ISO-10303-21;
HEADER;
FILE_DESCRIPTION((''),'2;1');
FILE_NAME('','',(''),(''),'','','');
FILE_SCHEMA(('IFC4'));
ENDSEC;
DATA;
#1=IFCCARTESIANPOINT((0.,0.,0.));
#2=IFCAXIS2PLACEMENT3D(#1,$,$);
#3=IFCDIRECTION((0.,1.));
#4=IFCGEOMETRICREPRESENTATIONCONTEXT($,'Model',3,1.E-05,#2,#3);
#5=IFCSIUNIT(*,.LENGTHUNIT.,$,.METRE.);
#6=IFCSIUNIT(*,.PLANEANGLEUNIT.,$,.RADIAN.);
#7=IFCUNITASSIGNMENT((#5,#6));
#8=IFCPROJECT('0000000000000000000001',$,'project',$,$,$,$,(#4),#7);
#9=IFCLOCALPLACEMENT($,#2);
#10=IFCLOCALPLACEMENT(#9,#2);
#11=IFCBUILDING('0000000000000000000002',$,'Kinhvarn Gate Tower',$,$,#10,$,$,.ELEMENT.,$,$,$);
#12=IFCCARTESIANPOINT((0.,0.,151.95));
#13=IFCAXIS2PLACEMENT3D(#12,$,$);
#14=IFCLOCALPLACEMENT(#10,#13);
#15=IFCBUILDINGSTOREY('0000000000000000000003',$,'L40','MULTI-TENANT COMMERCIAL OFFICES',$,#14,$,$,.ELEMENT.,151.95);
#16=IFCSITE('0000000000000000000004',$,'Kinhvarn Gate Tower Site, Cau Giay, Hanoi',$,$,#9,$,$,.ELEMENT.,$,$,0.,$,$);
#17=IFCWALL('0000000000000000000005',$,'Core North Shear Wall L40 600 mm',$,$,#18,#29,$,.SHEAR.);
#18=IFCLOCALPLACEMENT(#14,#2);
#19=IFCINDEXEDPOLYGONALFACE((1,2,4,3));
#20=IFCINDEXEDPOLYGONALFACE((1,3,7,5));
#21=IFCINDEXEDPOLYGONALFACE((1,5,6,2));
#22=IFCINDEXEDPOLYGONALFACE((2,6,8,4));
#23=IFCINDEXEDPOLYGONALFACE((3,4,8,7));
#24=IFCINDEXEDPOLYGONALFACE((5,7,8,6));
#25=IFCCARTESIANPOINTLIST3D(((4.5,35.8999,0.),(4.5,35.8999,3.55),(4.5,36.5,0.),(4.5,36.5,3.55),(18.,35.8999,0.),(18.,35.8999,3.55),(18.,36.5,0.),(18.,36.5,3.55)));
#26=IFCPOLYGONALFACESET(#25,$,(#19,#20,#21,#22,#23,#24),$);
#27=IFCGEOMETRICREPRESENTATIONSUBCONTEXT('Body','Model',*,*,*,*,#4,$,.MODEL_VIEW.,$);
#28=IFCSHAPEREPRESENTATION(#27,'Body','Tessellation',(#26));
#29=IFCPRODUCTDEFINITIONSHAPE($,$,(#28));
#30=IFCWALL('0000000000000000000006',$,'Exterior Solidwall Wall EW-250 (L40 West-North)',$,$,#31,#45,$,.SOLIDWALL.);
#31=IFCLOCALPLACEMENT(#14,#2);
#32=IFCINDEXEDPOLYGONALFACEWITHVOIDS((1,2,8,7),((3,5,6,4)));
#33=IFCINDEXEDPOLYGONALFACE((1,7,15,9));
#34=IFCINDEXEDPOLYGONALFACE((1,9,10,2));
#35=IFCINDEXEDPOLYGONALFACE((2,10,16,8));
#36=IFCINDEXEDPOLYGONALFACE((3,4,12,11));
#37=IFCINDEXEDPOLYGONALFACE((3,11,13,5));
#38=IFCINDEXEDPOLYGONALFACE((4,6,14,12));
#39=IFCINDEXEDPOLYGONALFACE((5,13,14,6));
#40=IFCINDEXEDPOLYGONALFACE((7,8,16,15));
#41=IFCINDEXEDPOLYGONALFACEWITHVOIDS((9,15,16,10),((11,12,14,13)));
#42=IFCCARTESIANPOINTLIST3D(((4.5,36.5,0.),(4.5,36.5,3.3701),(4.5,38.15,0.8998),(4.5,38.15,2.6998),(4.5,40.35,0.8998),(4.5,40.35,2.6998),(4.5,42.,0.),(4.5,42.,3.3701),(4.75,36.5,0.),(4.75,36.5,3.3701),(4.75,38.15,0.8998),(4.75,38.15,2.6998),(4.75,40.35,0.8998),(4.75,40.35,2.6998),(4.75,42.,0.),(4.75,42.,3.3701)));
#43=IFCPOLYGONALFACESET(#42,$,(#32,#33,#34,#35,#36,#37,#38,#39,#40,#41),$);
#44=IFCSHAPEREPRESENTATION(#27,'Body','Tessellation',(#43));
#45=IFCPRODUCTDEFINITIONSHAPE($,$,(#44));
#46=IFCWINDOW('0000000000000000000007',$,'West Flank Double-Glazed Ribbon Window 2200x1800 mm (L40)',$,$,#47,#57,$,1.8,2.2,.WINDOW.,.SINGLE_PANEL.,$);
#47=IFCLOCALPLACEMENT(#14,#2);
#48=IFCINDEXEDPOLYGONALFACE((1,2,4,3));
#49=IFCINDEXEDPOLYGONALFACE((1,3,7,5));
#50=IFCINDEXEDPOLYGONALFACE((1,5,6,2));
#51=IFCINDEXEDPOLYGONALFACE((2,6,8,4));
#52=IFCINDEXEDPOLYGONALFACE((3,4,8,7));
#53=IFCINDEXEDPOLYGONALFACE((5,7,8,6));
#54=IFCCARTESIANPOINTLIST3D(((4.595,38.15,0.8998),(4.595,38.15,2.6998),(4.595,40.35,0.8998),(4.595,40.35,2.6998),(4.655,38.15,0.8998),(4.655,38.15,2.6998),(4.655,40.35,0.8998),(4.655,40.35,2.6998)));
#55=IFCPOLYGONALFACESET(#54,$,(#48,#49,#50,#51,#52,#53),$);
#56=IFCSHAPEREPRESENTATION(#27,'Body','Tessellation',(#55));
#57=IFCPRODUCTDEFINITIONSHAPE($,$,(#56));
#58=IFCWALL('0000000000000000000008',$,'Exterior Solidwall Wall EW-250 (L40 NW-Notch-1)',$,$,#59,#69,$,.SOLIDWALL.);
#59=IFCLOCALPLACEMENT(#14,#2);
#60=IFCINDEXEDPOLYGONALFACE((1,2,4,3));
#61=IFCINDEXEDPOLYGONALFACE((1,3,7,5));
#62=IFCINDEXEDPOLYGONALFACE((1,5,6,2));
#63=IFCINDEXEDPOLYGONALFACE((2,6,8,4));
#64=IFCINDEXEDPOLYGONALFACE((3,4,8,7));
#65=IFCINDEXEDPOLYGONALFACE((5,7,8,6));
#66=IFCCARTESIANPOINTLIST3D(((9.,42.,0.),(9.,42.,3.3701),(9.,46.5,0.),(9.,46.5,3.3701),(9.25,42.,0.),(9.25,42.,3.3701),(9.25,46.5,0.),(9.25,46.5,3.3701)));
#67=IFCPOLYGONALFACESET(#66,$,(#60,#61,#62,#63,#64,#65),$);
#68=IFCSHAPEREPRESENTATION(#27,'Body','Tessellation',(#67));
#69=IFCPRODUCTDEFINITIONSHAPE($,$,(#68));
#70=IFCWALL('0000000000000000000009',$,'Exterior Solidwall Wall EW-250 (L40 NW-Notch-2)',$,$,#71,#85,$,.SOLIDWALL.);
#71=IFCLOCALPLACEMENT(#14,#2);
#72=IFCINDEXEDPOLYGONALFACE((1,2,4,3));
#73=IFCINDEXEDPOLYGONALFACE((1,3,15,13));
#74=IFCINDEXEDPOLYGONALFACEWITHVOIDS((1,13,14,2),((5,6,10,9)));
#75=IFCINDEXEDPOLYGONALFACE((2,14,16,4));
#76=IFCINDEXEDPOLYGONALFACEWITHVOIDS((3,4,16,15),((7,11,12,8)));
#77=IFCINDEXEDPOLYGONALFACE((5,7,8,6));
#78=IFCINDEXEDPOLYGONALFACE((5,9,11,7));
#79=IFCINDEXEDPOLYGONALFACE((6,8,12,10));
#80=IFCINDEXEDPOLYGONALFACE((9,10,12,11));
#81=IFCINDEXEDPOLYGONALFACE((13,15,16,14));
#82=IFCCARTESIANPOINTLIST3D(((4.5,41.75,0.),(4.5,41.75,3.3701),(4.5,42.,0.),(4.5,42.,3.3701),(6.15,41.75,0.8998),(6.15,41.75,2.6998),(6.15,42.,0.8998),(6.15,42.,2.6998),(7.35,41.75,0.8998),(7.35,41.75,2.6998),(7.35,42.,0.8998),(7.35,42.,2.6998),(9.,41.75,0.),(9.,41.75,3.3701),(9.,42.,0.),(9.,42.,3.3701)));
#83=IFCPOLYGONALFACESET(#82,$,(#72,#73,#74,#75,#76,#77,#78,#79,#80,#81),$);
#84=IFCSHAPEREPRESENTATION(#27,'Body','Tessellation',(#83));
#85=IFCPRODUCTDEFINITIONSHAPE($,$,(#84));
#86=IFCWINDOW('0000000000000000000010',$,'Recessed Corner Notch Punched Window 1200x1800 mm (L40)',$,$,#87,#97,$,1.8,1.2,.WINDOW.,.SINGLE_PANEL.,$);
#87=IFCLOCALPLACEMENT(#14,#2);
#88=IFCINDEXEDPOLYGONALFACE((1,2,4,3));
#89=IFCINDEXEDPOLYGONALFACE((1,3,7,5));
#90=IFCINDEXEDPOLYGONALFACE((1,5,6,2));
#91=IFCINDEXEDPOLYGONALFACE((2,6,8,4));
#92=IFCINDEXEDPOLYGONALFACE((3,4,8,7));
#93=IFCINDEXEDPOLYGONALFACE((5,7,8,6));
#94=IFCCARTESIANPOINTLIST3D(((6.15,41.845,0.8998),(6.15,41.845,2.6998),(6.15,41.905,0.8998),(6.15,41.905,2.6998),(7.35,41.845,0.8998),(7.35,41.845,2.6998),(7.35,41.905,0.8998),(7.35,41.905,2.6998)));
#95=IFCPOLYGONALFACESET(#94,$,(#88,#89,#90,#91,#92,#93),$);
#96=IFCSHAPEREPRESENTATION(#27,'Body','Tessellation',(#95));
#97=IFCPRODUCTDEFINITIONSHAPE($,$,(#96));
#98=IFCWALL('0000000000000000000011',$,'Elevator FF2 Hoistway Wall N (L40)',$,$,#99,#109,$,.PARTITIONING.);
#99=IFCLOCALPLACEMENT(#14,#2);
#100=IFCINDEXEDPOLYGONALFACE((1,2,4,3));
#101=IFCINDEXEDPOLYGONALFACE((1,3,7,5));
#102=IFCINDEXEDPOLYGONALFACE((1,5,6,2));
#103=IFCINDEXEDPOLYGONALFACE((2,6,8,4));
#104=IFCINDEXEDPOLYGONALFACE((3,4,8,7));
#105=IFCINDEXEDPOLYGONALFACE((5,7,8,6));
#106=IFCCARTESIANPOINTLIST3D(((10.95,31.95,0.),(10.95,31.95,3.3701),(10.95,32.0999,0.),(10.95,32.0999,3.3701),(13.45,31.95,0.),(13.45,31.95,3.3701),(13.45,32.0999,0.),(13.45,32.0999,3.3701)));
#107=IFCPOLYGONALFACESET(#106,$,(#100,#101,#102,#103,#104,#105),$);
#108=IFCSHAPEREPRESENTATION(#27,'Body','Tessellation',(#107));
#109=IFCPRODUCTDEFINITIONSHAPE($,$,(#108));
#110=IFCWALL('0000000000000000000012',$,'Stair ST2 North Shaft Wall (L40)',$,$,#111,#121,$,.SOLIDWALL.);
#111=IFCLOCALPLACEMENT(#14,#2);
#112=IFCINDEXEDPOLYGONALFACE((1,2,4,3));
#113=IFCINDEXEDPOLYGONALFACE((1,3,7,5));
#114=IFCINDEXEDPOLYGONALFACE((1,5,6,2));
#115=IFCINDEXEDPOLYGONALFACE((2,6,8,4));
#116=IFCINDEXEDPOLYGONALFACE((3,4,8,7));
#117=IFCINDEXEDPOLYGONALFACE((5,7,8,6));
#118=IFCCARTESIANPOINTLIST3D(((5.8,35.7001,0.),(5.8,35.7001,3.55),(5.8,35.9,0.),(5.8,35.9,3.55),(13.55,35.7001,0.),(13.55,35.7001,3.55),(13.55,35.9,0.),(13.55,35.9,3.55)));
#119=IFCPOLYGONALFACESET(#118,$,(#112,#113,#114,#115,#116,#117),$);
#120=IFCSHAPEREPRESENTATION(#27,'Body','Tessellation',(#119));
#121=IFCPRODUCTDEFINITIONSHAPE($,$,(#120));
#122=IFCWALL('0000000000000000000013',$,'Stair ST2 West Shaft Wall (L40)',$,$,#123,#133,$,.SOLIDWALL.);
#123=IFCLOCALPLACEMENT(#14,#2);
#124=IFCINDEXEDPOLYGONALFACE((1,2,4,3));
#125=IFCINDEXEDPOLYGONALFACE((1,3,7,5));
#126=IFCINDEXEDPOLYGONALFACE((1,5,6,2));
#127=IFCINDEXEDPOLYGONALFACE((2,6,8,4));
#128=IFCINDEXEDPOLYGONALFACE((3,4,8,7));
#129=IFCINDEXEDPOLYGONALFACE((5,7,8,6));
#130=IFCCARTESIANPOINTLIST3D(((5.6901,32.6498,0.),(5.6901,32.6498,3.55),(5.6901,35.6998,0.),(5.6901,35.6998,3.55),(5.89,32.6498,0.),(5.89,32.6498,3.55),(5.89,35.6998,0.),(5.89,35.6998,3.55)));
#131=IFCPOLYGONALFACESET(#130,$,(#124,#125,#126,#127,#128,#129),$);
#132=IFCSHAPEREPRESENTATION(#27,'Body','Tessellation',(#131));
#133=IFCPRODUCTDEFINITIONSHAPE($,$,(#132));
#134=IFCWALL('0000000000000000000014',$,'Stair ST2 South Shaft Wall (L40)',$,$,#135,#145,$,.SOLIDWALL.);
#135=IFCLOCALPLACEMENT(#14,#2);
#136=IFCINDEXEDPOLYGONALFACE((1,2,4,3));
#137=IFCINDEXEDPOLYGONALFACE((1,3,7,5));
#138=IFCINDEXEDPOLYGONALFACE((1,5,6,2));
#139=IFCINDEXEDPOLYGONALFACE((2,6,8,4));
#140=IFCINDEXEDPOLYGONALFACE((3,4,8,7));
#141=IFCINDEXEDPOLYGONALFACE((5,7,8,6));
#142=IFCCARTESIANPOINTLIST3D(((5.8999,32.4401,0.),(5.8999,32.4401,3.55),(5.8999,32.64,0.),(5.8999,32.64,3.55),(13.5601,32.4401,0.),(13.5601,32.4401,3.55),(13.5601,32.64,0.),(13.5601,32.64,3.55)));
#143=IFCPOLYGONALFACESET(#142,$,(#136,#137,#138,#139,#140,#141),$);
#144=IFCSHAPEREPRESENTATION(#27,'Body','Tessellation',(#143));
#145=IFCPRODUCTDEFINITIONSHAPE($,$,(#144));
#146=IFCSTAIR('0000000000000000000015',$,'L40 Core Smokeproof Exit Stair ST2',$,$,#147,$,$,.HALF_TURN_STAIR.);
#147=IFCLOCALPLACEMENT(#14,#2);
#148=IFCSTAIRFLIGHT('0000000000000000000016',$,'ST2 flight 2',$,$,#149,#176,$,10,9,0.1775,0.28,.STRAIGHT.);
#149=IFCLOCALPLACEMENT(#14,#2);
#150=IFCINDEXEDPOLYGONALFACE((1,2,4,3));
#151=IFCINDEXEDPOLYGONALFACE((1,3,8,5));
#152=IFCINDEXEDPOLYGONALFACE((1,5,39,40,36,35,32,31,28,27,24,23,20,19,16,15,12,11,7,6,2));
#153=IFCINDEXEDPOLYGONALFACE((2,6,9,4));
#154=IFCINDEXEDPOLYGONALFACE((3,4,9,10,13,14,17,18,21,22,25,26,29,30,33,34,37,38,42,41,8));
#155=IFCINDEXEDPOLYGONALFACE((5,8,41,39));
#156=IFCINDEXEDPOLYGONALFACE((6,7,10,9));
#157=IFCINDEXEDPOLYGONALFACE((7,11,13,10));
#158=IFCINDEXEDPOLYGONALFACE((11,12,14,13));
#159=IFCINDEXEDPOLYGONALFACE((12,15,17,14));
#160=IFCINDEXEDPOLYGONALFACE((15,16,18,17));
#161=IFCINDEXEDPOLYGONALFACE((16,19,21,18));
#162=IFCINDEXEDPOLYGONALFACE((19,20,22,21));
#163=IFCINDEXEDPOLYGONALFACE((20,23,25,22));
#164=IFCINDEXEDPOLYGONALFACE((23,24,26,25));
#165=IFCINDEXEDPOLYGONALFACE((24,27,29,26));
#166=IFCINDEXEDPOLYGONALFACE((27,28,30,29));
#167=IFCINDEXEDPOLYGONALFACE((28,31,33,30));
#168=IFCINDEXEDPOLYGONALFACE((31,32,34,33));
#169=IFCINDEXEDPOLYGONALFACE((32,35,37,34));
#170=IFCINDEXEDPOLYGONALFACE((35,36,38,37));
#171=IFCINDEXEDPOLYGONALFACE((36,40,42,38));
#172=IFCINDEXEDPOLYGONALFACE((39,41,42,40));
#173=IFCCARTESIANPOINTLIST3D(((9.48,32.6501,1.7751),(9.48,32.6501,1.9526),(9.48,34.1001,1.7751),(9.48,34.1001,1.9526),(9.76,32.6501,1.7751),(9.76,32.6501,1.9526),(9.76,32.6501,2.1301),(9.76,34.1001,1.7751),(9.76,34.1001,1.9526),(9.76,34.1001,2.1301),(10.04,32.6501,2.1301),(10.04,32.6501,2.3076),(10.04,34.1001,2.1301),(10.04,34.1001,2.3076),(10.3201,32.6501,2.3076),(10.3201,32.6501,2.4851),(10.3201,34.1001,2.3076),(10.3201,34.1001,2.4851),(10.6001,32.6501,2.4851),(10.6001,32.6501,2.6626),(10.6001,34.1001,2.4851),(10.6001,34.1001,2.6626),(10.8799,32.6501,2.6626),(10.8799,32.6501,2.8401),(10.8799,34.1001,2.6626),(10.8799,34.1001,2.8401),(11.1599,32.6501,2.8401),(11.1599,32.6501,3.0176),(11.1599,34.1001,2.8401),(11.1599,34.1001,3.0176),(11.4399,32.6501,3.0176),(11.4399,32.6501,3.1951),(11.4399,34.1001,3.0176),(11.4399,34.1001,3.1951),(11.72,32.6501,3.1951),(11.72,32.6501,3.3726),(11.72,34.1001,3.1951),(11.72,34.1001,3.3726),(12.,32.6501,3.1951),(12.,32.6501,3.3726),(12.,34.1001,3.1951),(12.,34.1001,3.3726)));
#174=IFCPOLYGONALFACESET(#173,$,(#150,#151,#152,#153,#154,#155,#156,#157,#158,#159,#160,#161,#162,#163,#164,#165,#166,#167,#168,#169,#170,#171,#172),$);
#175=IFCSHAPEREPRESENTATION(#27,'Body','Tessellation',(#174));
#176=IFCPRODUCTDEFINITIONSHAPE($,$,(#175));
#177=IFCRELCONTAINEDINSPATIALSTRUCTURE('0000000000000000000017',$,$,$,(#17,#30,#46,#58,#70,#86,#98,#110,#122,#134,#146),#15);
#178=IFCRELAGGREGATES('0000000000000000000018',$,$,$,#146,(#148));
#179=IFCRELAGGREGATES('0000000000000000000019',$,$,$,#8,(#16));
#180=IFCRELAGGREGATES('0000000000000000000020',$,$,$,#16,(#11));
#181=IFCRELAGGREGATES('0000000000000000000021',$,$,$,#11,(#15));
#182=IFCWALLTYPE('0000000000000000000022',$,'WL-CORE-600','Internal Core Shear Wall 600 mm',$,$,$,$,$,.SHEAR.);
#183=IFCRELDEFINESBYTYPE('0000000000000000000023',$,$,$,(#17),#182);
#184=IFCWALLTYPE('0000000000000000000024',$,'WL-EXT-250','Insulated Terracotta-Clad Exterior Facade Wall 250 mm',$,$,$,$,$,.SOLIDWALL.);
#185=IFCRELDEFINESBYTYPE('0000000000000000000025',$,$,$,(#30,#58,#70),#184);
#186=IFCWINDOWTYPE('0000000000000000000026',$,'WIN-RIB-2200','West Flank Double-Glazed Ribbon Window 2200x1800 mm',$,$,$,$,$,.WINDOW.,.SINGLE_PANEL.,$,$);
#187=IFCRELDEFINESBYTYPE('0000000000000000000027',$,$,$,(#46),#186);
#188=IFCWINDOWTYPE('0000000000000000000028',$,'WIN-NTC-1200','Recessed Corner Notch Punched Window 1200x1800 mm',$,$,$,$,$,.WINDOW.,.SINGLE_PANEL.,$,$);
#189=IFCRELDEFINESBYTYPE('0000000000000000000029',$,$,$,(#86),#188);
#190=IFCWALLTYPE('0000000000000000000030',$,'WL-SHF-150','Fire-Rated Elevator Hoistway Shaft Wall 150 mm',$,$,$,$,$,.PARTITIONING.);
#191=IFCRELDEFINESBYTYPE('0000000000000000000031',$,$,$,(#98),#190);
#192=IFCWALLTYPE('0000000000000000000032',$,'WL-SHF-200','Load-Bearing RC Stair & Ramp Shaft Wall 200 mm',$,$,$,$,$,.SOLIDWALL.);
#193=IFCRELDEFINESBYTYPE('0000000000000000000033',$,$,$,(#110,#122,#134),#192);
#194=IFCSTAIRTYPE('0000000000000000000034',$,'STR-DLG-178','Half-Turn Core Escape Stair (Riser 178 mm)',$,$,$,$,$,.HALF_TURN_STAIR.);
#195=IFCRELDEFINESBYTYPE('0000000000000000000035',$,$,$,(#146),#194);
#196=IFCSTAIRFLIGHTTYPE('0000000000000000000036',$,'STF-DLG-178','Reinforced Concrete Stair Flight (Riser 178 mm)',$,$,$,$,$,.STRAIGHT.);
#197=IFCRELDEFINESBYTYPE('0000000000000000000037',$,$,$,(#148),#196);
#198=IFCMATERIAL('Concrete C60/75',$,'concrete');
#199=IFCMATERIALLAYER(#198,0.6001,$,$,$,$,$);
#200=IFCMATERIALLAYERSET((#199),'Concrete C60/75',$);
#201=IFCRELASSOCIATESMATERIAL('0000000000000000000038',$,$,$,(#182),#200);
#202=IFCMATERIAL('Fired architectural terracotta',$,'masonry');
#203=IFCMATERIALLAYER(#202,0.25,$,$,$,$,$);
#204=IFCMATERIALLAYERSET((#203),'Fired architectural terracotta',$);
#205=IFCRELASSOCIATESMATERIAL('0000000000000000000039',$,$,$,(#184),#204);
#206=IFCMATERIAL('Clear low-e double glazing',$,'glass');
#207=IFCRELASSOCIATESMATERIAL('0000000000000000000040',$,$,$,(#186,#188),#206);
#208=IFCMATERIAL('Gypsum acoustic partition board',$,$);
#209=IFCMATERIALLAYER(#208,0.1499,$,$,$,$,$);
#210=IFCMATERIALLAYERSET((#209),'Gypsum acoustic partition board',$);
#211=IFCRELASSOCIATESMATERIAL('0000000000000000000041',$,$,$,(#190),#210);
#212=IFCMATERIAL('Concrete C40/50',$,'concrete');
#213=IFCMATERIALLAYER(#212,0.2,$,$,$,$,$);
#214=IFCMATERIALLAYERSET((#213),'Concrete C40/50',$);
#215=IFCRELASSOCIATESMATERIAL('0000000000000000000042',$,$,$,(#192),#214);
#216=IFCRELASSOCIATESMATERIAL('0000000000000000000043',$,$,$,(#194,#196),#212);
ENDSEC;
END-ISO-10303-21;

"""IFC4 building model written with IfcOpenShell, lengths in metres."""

from ifc_helpers import new_model, si_unit, direction, frame, frame_2d, origin, place, context, subcontext, project, spatial, polyline, rectangle, outline, extrude, material, layer, layer_set, type_object, element, fill, aggregate, save


model = new_model("IFC4")

# Units and contexts
model_context = context("Model", 3, precision=1e-05, world=origin(), true_north=direction((0.0, 1.0)))
body_context = subcontext(model_context, "Body", "Model", "MODEL_VIEW")
ifc_project = project(units=[si_unit("LENGTHUNIT", "METRE"), si_unit("PLANEANGLEUNIT", "RADIAN")], contexts=[model_context])

# Site, building, storey
site_placement = place(None, origin())
site = spatial("IfcSite", under=ifc_project, at=site_placement, Name="Kinhvarn Gate Tower Site, Cau Giay, Hanoi", CompositionType="ELEMENT", RefElevation=0.0)
building_placement = place(site_placement, origin())
building = spatial("IfcBuilding", under=site, at=building_placement, Name="Kinhvarn Gate Tower", CompositionType="ELEMENT")
storey_placement = place(building_placement, frame((0.0, 0.0, 151.95)))
storey = spatial("IfcBuildingStorey", under=building, at=storey_placement, Name="L40", Description="MULTI-TENANT COMMERCIAL OFFICES", CompositionType="ELEMENT", Elevation=151.95)

# Shared definitions
ifc_material_1 = material(Name="Concrete C60/75", Category="concrete")

# Shared definitions
ifc_material_2 = material(Name="Clear low-e double glazing", Category="glass")

# Wall
ifc_layer_1 = layer(ifc_material_1, 0.6001)
ifc_layer_set_1 = layer_set([ifc_layer_1], Name="Concrete C60/75")
wall_type_1 = type_object("IfcWallType", Name="WL-CORE-600", Description="Internal Core Shear Wall 600 mm", PredefinedType="SHEAR", material=ifc_layer_set_1)
wall_1_placement = place(storey_placement, frame((4.5, 36.2, 0.0), z_axis=(0.0, 0.0, 1.0), x_axis=(1.0, 0.0, 0.0)))
element("IfcWall", 1, at=wall_1_placement, inside=storey, type_object=wall_type_1, Name="Core North Shear Wall L40 600 mm", PredefinedType="SHEAR", context=body_context, shape_type="SweptSolid", body=[
    extrude(rectangle(XDim=13.5, YDim=0.6001, at=frame_2d((6.75, 0.0))), origin(), (0.0, 0.0, 1.0), 3.55),
])

# Wall, opening, window
ifc_material_3 = material(Name="Fired architectural terracotta", Category="masonry")
ifc_layer_2 = layer(ifc_material_3, 0.25)
ifc_layer_set_2 = layer_set([ifc_layer_2], Name="Fired architectural terracotta")
wall_type_2 = type_object("IfcWallType", Name="WL-EXT-250", Description="Insulated Terracotta-Clad Exterior Facade Wall 250 mm", PredefinedType="SOLIDWALL", material=ifc_layer_set_2)
wall_2_placement = place(storey_placement, frame((4.625, 42.0, 0.0), z_axis=(0.0, 0.0, 1.0), x_axis=(0.0, -1.0, 0.0)))
wall_2 = element("IfcWall", 2, at=wall_2_placement, inside=storey, type_object=wall_type_2, Name="Exterior Solidwall Wall EW-250 (L40 West-North)", PredefinedType="SOLIDWALL", context=body_context, shape_type="SweptSolid", body=[
    extrude(rectangle(XDim=5.5, YDim=0.25, at=frame_2d((2.75, 0.0))), origin(), (0.0, 0.0, 1.0), 3.3701),
])
opening_1_placement = place(wall_2_placement, frame((1.6499, 0.0, 0.8999)))
opening_1 = element("IfcOpeningElement", 3, at=opening_1_placement, cuts=wall_2, PredefinedType="OPENING", context=body_context, shape_type="SweptSolid", body=[
    extrude(rectangle(XDim=2.2, YDim=1.8, at=frame_2d((1.1001, 0.8999))), frame((0.0, 0.135, 0.0), z_axis=(0.0, -1.0, 0.0), x_axis=(1.0, 0.0, 0.0)), (0.0, 0.0, 1.0), 0.27),
])
window_type_1 = type_object("IfcWindowType", Name="WIN-RIB-2200", Description="West Flank Double-Glazed Ribbon Window 2200x1800 mm", PartitioningType="SINGLE_PANEL", PredefinedType="WINDOW", material=ifc_material_2)
window_1_placement = place(opening_1_placement, origin())
window_1 = element("IfcWindow", 4, at=window_1_placement, inside=storey, type_object=window_type_1, Name="West Flank Double-Glazed Ribbon Window 2200x1800 mm (L40)", OverallHeight=1.8, OverallWidth=2.2, PartitioningType="SINGLE_PANEL", PredefinedType="WINDOW", context=body_context, shape_type="SweptSolid", body=[
    extrude(rectangle(XDim=2.2, YDim=1.8, at=frame_2d((1.1001, 0.8999))), frame((0.0, 0.03, 0.0), z_axis=(0.0, -1.0, 0.0), x_axis=(1.0, 0.0, 0.0)), (0.0, 0.0, 1.0), 0.0601),
])
fill(opening_1, window_1)

# Wall
wall_3_placement = place(storey_placement, frame((9.125, 46.5, 0.0), z_axis=(0.0, 0.0, 1.0), x_axis=(0.0, -1.0, 0.0)))
element("IfcWall", 5, at=wall_3_placement, inside=storey, type_object=wall_type_2, Name="Exterior Solidwall Wall EW-250 (L40 NW-Notch-1)", PredefinedType="SOLIDWALL", context=body_context, shape_type="SweptSolid", body=[
    extrude(rectangle(XDim=4.5, YDim=0.25, at=frame_2d((2.25, 0.0))), origin(), (0.0, 0.0, 1.0), 3.3701),
])

# Wall, opening, window
wall_4_placement = place(storey_placement, frame((9.0, 41.875, 0.0), z_axis=(0.0, 0.0, 1.0), x_axis=(-1.0, 0.0, 0.0)))
wall_4 = element("IfcWall", 6, at=wall_4_placement, inside=storey, type_object=wall_type_2, Name="Exterior Solidwall Wall EW-250 (L40 NW-Notch-2)", PredefinedType="SOLIDWALL", context=body_context, shape_type="SweptSolid", body=[
    extrude(rectangle(XDim=4.5, YDim=0.25, at=frame_2d((2.25, 0.0))), origin(), (0.0, 0.0, 1.0), 3.3701),
])
opening_2_placement = place(wall_4_placement, frame((1.6499, 0.0, 0.8999)))
opening_2 = element("IfcOpeningElement", 7, at=opening_2_placement, cuts=wall_4, PredefinedType="OPENING", context=body_context, shape_type="SweptSolid", body=[
    extrude(rectangle(XDim=1.2, YDim=1.8, at=frame_2d((0.6001, 0.8999))), frame((0.0, 0.135, 0.0), z_axis=(0.0, -1.0, 0.0), x_axis=(1.0, 0.0, 0.0)), (0.0, 0.0, 1.0), 0.27),
])
window_type_2 = type_object("IfcWindowType", Name="WIN-NTC-1200", Description="Recessed Corner Notch Punched Window 1200x1800 mm", PartitioningType="SINGLE_PANEL", PredefinedType="WINDOW", material=ifc_material_2)
window_2_placement = place(opening_2_placement, origin())
window_2 = element("IfcWindow", 8, at=window_2_placement, inside=storey, type_object=window_type_2, Name="Recessed Corner Notch Punched Window 1200x1800 mm (L40)", OverallHeight=1.8, OverallWidth=1.2, PartitioningType="SINGLE_PANEL", PredefinedType="WINDOW", context=body_context, shape_type="SweptSolid", body=[
    extrude(rectangle(XDim=1.2, YDim=1.8, at=frame_2d((0.6001, 0.8999))), frame((0.0, 0.03, 0.0), z_axis=(0.0, -1.0, 0.0), x_axis=(1.0, 0.0, 0.0)), (0.0, 0.0, 1.0), 0.0601),
])
fill(opening_2, window_2)

# Walls
ifc_material_4 = material(Name="Gypsum acoustic partition board")
ifc_layer_3 = layer(ifc_material_4, 0.1499)
ifc_layer_set_3 = layer_set([ifc_layer_3], Name="Gypsum acoustic partition board")
wall_type_3 = type_object("IfcWallType", Name="WL-SHF-150", Description="Fire-Rated Elevator Hoistway Shaft Wall 150 mm", PredefinedType="PARTITIONING", material=ifc_layer_set_3)
wall_5_placement = place(storey_placement, frame((10.95, 32.0249, 0.0), z_axis=(0.0, 0.0, 1.0), x_axis=(1.0, 0.0, 0.0)))
element("IfcWall", 9, at=wall_5_placement, inside=storey, type_object=wall_type_3, Name="Elevator FF2 Hoistway Wall N (L40)", PredefinedType="PARTITIONING", context=body_context, shape_type="SweptSolid", body=[
    extrude(rectangle(XDim=2.5, YDim=0.1499, at=frame_2d((1.25, 0.0))), origin(), (0.0, 0.0, 1.0), 3.3701),
])
ifc_material_5 = material(Name="Concrete C40/50", Category="concrete")
ifc_layer_4 = layer(ifc_material_5, 0.2)
ifc_layer_set_4 = layer_set([ifc_layer_4], Name="Concrete C40/50")
wall_type_4 = type_object("IfcWallType", Name="WL-SHF-200", Description="Load-Bearing RC Stair & Ramp Shaft Wall 200 mm", PredefinedType="SOLIDWALL", material=ifc_layer_set_4)
wall_6_placement = place(storey_placement, frame((5.8, 35.8, 0.0), z_axis=(0.0, 0.0, 1.0), x_axis=(1.0, 0.0, 0.0)))
element("IfcWall", 10, at=wall_6_placement, inside=storey, type_object=wall_type_4, Name="Stair ST2 North Shaft Wall (L40)", PredefinedType="SOLIDWALL", context=body_context, shape_type="SweptSolid", body=[
    extrude(rectangle(XDim=7.75, YDim=0.2, at=frame_2d((3.875, 0.0))), origin(), (0.0, 0.0, 1.0), 3.55),
])
wall_7_placement = place(storey_placement, frame((5.79, 32.6499, 0.0), z_axis=(0.0, 0.0, 1.0), x_axis=(0.0, 1.0, 0.0)))
element("IfcWall", 11, at=wall_7_placement, inside=storey, type_object=wall_type_4, Name="Stair ST2 West Shaft Wall (L40)", PredefinedType="SOLIDWALL", context=body_context, shape_type="SweptSolid", body=[
    extrude(rectangle(XDim=3.05, YDim=0.2, at=frame_2d((1.5249, 0.0))), origin(), (0.0, 0.0, 1.0), 3.55),
])
wall_8_placement = place(storey_placement, frame((5.8999, 32.54, 0.0), z_axis=(0.0, 0.0, 1.0), x_axis=(1.0, 0.0, 0.0)))
element("IfcWall", 12, at=wall_8_placement, inside=storey, type_object=wall_type_4, Name="Stair ST2 South Shaft Wall (L40)", PredefinedType="SOLIDWALL", context=body_context, shape_type="SweptSolid", body=[
    extrude(rectangle(XDim=7.6602, YDim=0.2, at=frame_2d((3.8301, 0.0))), origin(), (0.0, 0.0, 1.0), 3.55),
])

# Stair, stair flight
stair_type = type_object("IfcStairType", Name="STR-DLG-178", Description="Half-Turn Core Escape Stair (Riser 178 mm)", PredefinedType="HALF_TURN_STAIR", material=ifc_material_5)
stair_placement = place(storey_placement, origin())
stair = element("IfcStair", 13, at=stair_placement, inside=storey, type_object=stair_type, Name="L40 Core Smokeproof Exit Stair ST2", PredefinedType="HALF_TURN_STAIR")
stair_flight_type = type_object("IfcStairFlightType", Name="STF-DLG-178", Description="Reinforced Concrete Stair Flight (Riser 178 mm)", PredefinedType="STRAIGHT", material=ifc_material_5)
stair_flight_placement = place(storey_placement, frame((9.48, 33.375, 1.7751), z_axis=(0.0, 0.0, 1.0), x_axis=(1.0, 0.0, 0.0)))
stair_flight = element("IfcStairFlight", 14, at=stair_flight_placement, type_object=stair_flight_type, Name="ST2 flight 2", NumberOfRisers=10, NumberOfTreads=9, PredefinedType="STRAIGHT", RiserHeight=0.1775, TreadLength=0.28, context=body_context, shape_type="SweptSolid", body=[
    extrude(outline(polyline([(0.0, 0.0), (0.0, 0.1775), (0.28, 0.1775), (0.28, 0.355), (0.5601, 0.355), (0.5601, 0.5325), (0.8401, 0.5325), (0.8401, 0.71), (1.1201, 0.71), (1.1201, 0.8875), (1.3999, 0.8875), (1.3999, 1.0649), (1.6799, 1.0649), (1.6799, 1.2424), (1.96, 1.2424), (1.96, 1.4199), (2.24, 1.4199), (2.24, 1.5974), (2.52, 1.5974), (2.52, 1.7749), (2.52, 1.4199), (0.28, 0.0), (0.0, 0.0)])), frame((0.0, 0.7251, 0.0), z_axis=(0.0, -1.0, 0.0), x_axis=(1.0, 0.0, 0.0)), (0.0, 0.0, 1.0), 1.45),
])
aggregate(stair, [stair_flight])

save(model, "model.ifc")
